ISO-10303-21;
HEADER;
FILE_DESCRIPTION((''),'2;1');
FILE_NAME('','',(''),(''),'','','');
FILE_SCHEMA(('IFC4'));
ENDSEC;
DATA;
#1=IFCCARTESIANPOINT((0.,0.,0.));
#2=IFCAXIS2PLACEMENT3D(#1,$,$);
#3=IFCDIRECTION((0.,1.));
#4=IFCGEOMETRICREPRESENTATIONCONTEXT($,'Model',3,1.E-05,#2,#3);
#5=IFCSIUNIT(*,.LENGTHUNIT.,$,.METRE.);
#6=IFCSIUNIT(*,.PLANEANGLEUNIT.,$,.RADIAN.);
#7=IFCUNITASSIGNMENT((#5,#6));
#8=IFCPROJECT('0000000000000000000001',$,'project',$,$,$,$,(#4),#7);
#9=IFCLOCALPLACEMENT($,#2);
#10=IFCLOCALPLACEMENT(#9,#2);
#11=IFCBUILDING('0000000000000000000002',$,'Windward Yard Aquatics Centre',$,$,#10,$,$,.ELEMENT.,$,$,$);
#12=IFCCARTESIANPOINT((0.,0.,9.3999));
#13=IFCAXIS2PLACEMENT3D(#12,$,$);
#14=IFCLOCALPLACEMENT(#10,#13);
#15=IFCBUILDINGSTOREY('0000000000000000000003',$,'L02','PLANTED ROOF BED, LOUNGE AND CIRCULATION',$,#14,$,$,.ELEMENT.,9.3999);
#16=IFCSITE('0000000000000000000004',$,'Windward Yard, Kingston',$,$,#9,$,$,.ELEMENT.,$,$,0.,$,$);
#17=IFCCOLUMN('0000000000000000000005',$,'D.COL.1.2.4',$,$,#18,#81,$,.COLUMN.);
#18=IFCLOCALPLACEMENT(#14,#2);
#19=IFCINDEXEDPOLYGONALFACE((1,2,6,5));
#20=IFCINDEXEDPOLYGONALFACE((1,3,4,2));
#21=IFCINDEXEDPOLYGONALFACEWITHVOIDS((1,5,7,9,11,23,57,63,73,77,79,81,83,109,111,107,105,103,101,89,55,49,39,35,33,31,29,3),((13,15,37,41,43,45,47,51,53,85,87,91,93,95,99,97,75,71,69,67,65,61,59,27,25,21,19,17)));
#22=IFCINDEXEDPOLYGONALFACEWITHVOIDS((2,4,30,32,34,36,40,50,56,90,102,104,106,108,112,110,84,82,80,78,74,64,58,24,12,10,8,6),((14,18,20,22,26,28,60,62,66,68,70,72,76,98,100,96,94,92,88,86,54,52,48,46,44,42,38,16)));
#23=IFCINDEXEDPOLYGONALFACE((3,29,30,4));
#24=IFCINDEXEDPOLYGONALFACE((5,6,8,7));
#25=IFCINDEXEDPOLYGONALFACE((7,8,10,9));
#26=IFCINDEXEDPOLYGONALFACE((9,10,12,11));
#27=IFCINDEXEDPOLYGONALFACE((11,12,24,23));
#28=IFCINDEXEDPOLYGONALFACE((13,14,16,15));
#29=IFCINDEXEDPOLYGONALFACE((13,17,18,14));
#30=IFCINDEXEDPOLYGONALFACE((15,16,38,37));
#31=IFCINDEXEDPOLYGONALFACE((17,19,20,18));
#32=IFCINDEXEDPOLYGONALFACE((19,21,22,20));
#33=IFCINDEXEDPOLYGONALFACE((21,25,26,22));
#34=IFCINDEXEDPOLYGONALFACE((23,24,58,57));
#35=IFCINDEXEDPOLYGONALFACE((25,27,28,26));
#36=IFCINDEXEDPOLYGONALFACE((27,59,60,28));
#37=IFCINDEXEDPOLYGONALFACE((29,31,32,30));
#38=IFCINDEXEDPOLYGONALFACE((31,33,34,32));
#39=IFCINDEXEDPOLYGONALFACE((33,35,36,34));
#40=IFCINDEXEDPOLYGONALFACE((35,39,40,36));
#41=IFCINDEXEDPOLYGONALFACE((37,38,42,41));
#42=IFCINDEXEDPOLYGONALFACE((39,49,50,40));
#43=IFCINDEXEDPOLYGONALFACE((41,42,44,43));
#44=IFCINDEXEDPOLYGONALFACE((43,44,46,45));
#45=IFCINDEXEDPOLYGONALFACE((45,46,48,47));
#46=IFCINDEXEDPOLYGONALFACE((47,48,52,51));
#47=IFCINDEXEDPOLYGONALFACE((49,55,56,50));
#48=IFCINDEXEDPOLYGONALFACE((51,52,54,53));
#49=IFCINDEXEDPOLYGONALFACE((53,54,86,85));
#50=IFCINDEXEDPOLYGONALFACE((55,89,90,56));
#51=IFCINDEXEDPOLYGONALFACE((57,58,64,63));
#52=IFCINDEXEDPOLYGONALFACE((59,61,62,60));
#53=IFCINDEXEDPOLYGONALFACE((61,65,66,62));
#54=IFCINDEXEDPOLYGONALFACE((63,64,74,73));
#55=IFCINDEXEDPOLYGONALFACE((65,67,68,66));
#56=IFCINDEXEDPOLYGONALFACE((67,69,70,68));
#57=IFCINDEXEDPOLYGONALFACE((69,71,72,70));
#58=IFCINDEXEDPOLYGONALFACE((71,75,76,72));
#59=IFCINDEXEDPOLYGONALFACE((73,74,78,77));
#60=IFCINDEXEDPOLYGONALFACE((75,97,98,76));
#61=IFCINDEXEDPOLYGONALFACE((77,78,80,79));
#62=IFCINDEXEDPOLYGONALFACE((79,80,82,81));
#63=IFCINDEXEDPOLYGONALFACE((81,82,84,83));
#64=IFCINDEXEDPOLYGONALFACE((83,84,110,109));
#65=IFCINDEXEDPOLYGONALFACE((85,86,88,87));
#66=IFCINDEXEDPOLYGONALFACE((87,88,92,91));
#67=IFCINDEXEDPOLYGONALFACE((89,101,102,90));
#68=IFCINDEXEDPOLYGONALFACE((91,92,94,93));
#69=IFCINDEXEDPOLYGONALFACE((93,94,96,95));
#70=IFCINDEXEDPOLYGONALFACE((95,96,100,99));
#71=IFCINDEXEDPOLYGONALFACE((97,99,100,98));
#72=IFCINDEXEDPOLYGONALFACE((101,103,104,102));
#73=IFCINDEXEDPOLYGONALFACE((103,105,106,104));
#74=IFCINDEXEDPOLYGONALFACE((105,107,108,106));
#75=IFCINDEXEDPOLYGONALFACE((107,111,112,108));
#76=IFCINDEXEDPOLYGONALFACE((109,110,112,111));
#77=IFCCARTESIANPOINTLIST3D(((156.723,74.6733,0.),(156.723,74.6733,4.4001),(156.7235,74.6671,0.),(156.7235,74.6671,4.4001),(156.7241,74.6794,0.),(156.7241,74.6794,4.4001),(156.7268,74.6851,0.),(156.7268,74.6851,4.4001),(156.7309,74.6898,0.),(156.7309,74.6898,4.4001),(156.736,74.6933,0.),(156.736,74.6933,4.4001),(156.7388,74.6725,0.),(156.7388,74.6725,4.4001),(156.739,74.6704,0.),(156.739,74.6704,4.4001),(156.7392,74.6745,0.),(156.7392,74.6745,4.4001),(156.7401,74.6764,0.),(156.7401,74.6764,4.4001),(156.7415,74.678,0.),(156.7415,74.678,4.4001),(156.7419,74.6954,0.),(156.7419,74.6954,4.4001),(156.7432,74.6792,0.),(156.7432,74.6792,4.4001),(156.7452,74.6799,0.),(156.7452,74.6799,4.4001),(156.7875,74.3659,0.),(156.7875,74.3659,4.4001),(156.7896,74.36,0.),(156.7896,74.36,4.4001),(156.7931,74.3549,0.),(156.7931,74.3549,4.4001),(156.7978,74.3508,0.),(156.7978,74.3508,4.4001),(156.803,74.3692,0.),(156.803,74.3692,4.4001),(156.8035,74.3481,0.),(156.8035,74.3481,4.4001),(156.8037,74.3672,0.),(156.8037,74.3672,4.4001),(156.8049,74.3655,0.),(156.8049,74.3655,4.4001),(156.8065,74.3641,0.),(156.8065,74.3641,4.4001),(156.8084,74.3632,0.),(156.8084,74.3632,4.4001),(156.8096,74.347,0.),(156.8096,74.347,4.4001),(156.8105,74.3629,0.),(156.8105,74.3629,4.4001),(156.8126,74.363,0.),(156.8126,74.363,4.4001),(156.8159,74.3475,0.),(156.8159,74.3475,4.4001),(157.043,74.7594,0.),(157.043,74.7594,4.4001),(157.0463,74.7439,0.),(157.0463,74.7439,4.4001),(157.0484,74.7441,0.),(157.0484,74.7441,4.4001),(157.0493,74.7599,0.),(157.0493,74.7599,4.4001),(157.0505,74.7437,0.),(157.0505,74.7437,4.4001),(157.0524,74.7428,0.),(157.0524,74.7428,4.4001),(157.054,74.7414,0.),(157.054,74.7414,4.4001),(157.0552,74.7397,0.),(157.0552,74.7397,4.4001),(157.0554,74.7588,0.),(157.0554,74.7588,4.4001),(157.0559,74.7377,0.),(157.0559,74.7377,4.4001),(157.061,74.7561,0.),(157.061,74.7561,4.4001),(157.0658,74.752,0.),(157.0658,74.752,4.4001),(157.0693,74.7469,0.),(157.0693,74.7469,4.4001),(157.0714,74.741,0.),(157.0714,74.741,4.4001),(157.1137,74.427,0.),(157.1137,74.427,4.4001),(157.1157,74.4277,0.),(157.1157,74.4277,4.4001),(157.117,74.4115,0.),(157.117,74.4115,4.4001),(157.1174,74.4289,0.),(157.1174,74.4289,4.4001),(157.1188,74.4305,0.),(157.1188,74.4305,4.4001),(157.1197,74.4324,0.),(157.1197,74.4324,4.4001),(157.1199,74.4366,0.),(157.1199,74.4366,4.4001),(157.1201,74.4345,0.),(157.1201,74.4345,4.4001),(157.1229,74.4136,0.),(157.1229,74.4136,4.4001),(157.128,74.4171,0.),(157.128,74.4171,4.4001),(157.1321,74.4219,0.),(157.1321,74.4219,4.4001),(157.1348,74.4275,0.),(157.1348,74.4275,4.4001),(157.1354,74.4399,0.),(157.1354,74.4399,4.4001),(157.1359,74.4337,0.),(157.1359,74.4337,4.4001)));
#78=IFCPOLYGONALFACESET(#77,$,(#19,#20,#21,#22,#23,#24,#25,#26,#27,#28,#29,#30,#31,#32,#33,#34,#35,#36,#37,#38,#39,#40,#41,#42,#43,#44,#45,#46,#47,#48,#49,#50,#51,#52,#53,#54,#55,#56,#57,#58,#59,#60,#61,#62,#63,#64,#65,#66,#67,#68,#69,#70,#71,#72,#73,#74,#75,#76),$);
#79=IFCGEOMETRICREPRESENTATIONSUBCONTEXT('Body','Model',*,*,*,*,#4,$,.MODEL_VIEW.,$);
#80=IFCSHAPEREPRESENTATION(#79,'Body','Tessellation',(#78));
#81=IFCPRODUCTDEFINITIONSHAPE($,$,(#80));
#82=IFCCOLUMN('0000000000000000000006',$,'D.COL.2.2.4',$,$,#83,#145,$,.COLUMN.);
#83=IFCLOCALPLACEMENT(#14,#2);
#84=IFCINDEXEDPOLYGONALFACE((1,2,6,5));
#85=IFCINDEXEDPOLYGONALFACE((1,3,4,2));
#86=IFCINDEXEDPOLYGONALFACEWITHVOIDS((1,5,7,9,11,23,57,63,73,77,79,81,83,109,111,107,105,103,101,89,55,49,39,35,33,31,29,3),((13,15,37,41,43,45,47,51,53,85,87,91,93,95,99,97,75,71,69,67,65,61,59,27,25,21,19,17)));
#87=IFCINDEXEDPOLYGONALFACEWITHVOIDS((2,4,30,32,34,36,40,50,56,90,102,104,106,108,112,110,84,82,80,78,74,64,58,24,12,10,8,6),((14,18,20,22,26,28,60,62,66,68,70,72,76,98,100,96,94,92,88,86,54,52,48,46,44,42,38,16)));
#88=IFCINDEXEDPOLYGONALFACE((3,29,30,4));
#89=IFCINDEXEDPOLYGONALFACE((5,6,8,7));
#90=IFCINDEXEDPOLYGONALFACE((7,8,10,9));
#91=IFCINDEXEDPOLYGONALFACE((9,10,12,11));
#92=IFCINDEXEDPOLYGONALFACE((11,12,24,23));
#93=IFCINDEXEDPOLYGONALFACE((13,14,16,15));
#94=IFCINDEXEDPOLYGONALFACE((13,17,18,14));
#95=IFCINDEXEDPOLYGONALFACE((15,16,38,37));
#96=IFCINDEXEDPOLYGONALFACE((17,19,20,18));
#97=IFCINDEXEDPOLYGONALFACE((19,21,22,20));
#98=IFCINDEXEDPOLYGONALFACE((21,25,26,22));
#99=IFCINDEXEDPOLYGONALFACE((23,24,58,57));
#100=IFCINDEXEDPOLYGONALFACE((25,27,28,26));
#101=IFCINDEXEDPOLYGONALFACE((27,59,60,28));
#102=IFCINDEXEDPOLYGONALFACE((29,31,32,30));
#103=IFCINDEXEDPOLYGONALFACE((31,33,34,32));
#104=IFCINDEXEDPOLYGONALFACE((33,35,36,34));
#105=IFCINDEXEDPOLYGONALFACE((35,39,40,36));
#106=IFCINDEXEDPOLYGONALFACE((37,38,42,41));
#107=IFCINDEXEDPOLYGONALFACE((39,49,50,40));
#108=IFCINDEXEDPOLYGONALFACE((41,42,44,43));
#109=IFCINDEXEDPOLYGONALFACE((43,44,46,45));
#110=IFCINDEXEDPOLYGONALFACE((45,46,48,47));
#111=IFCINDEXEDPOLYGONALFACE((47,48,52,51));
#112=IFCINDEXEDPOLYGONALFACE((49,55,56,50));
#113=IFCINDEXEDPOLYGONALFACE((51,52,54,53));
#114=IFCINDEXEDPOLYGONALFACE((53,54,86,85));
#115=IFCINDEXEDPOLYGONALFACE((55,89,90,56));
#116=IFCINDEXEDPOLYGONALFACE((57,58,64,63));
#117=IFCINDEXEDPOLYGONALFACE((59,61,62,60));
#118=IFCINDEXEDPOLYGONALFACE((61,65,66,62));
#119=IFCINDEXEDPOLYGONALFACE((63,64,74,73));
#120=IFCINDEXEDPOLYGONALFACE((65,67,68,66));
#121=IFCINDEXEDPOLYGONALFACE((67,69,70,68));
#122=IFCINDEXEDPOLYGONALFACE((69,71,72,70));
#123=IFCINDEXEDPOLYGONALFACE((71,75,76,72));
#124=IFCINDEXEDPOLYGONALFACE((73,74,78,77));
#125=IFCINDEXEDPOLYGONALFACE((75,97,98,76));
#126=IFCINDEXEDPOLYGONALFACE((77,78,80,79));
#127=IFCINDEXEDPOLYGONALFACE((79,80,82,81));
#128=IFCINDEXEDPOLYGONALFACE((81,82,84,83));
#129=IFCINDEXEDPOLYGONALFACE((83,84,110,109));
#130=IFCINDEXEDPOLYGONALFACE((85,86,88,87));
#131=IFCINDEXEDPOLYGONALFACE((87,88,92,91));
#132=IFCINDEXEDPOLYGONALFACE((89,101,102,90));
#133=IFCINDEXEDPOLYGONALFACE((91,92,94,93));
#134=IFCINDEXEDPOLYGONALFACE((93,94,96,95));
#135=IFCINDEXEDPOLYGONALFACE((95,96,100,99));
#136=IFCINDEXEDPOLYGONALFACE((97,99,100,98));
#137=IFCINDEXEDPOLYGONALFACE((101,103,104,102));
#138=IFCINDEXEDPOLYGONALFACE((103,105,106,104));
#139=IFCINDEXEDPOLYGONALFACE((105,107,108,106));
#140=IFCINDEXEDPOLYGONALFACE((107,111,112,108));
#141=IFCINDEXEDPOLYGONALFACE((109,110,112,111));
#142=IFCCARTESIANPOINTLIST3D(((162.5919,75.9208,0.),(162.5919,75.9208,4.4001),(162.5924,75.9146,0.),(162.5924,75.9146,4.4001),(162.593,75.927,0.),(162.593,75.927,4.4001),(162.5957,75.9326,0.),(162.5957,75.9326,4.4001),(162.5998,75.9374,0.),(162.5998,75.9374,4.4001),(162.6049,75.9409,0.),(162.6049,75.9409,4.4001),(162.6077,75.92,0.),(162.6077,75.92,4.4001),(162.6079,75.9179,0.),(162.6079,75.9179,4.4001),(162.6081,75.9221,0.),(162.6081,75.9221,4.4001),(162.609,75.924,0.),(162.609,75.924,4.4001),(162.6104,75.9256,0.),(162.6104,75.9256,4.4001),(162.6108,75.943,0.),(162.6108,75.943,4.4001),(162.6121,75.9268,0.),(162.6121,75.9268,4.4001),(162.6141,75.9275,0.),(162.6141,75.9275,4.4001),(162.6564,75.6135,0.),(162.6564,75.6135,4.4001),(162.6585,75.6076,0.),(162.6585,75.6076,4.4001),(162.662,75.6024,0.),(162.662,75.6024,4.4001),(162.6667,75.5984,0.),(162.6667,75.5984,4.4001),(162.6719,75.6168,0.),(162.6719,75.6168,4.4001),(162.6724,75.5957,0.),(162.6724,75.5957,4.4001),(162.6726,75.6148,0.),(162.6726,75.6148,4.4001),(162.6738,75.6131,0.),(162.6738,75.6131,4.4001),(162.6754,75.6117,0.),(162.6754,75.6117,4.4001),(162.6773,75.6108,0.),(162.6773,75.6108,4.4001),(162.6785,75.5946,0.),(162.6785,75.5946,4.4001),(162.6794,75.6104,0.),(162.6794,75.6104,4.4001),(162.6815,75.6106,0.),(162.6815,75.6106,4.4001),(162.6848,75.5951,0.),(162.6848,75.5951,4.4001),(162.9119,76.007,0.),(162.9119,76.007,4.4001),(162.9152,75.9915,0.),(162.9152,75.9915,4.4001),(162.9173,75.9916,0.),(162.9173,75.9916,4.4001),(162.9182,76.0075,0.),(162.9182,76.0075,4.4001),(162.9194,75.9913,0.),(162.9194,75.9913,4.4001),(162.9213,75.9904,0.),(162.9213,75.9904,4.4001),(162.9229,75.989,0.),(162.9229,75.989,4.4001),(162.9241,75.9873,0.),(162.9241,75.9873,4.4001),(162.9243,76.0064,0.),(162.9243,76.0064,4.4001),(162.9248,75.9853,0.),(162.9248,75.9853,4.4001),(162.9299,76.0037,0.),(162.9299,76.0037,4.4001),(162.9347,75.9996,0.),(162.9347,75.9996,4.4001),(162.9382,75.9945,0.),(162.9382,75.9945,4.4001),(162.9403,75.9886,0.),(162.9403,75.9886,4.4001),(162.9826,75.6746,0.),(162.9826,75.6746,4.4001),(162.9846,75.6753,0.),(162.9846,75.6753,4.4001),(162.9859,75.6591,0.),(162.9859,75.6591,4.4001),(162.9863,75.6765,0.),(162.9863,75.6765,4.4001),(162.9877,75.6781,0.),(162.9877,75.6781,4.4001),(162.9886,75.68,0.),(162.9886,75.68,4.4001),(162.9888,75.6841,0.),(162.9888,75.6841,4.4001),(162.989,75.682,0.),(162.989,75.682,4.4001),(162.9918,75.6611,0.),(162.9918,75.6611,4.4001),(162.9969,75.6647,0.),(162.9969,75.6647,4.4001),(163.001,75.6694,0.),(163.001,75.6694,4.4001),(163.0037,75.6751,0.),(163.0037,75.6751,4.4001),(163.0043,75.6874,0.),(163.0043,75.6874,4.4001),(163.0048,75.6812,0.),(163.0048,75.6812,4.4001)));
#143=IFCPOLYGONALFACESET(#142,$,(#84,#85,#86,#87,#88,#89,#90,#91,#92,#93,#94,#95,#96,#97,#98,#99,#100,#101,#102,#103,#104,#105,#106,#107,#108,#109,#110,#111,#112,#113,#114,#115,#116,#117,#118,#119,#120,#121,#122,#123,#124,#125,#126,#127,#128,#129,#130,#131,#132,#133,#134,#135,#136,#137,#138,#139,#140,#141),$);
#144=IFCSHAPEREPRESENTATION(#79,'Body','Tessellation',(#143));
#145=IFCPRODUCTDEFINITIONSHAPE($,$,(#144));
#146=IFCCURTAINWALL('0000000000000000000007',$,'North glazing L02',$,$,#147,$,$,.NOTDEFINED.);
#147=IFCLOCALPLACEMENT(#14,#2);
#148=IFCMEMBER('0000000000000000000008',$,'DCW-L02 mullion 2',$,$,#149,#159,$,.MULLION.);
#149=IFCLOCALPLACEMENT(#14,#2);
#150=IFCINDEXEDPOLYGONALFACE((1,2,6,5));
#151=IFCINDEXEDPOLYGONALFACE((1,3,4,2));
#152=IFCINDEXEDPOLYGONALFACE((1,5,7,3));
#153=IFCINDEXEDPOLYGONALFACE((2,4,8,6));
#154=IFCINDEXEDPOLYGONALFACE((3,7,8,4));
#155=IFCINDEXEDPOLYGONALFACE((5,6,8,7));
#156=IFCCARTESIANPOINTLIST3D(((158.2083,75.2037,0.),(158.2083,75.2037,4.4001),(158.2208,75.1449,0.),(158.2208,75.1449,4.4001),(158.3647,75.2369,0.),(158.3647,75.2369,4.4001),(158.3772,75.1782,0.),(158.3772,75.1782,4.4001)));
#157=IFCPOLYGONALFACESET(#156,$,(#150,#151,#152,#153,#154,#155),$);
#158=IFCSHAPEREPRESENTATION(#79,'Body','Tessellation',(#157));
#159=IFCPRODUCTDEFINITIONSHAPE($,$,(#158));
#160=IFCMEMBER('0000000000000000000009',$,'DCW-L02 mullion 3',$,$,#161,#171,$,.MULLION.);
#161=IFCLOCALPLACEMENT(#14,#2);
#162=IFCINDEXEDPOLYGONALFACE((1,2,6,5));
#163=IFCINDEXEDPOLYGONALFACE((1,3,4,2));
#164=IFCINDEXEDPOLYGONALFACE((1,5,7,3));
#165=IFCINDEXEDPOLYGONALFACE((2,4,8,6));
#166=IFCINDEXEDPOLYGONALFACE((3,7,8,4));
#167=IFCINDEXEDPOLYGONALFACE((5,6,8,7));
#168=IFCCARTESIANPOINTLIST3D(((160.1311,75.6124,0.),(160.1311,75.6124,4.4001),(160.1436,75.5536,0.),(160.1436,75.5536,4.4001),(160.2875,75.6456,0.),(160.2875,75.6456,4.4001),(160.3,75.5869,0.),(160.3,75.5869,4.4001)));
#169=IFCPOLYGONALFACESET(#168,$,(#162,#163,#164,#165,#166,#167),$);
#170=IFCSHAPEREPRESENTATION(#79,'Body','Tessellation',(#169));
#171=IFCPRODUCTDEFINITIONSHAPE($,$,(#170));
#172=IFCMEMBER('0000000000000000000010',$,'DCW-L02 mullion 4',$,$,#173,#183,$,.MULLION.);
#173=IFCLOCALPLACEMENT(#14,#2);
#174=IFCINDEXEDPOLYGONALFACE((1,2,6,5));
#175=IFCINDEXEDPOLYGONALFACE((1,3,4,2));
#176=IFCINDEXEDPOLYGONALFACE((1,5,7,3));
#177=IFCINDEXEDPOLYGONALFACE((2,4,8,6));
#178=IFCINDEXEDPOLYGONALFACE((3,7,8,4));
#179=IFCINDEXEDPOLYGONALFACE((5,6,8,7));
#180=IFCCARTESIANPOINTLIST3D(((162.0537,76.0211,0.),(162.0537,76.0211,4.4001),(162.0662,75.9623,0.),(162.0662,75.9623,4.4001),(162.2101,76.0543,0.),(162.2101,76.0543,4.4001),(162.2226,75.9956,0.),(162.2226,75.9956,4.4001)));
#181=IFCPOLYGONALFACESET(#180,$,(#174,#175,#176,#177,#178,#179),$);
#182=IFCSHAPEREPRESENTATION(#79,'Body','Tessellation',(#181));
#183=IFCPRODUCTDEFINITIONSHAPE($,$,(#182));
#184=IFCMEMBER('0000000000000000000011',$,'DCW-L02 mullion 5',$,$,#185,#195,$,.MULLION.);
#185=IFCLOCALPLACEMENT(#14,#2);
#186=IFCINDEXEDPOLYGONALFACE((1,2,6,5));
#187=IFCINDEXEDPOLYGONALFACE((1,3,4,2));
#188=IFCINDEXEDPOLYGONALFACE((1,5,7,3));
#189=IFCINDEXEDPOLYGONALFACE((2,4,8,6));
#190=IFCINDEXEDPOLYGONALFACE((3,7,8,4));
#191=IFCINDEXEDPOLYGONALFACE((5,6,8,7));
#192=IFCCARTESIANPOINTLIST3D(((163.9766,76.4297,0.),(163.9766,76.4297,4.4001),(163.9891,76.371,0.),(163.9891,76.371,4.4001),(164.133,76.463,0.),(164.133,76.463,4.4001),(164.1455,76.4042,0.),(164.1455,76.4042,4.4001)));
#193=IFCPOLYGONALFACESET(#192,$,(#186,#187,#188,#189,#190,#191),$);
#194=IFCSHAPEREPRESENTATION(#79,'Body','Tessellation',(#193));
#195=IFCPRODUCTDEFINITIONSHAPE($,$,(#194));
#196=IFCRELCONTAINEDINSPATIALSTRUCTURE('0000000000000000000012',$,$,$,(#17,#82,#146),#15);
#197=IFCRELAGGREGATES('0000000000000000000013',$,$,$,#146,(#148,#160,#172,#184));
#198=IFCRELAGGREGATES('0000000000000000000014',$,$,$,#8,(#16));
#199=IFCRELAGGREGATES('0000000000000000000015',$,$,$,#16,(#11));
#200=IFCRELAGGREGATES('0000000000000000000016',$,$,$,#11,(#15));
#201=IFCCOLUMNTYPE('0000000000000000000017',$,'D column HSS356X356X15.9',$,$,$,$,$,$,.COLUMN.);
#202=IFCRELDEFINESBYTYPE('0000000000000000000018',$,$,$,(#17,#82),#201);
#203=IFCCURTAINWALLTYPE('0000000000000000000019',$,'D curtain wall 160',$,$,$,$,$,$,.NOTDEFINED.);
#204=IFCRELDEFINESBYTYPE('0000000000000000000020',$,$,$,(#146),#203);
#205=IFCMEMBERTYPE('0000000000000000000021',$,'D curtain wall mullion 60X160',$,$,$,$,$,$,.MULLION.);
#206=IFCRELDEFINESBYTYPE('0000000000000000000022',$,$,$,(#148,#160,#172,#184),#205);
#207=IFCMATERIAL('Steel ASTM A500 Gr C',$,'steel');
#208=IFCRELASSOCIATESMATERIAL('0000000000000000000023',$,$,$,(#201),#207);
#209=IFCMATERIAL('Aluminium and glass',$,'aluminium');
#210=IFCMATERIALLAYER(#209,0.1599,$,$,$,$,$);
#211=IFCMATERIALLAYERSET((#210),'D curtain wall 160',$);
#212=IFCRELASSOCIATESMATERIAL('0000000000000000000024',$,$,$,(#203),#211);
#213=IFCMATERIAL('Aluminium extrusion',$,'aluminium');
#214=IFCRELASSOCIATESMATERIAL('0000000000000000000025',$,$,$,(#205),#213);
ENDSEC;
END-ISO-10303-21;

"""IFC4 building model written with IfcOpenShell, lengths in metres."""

from ifc_helpers import new_model, si_unit, direction, frame, origin, origin_2d, place, context, subcontext, project, spatial, rectangle, hollow_rectangle, extrude, material, layer, layer_set, material_profile, profile_set, type_object, element, aggregate, save


model = new_model("IFC4")

# Units and contexts
model_context = context("Model", 3, precision=1e-05, world=origin(), true_north=direction((0.0, 1.0)))
body_context = subcontext(model_context, "Body", "Model", "MODEL_VIEW")
ifc_project = project(units=[si_unit("LENGTHUNIT", "METRE"), si_unit("PLANEANGLEUNIT", "RADIAN")], contexts=[model_context])

# Site, building, storey
site_placement = place(None, origin())
site = spatial("IfcSite", under=ifc_project, at=site_placement, Name="Windward Yard, Kingston", CompositionType="ELEMENT", RefElevation=0.0)
building_placement = place(site_placement, origin())
building = spatial("IfcBuilding", under=site, at=building_placement, Name="Windward Yard Aquatics Centre", CompositionType="ELEMENT")
storey_placement = place(building_placement, frame((0.0, 0.0, 9.3999)))
storey = spatial("IfcBuildingStorey", under=building, at=storey_placement, Name="L02", Description="PLANTED ROOF BED, LOUNGE AND CIRCULATION", CompositionType="ELEMENT", Elevation=9.3999)

# Columns
ifc_material_1 = material(Name="Steel ASTM A500 Gr C", Category="steel")
ifc_material_profile_1 = material_profile(ifc_material_1, hollow_rectangle(XDim=0.3557, YDim=0.3557, WallThickness=0.0159, InnerFilletRadius=0.0081, OuterFilletRadius=0.0239, at=origin_2d()), Name="HSS356X356X15.9")
ifc_profile_set_1 = profile_set([ifc_material_profile_1], Name="Steel ASTM A500 Gr C")
column_type = type_object("IfcColumnType", Name="D column HSS356X356X15.9", PredefinedType="COLUMN", material=ifc_profile_set_1)
for number, where, z_axis, x_axis, name in (
    (1, (156.9294, 74.5535, 0.0), (0.0, 0.0, 1.0), (0.978148, 0.207912, 0.0), "D.COL.1.2.4"),
    (2, (162.7983, 75.801, 0.0), (0.0, 0.0, 1.0), (0.978148, 0.207912, 0.0), "D.COL.2.2.4"),
):
    element("IfcColumn", number, at=place(storey_placement, frame(where, z_axis=z_axis, x_axis=x_axis)), inside=storey, type_object=column_type, Name=name, PredefinedType="COLUMN", context=body_context, shape_type="SweptSolid", body=[
        extrude(hollow_rectangle(XDim=0.3557, YDim=0.3557, WallThickness=0.0159, InnerFilletRadius=0.0081, OuterFilletRadius=0.0239, at=origin_2d()), origin(), (0.0, 0.0, 1.0), 4.4001),
    ])

# Curtain wall, members
ifc_material_2 = material(Name="Aluminium and glass", Category="aluminium")
ifc_layer_1 = layer(ifc_material_2, 0.1599)
ifc_layer_set_1 = layer_set([ifc_layer_1], Name="D curtain wall 160")
curtain_wall_type = type_object("IfcCurtainWallType", Name="D curtain wall 160", PredefinedType="NOTDEFINED", material=ifc_layer_set_1)
curtain_wall_placement = place(storey_placement, origin())
curtain_wall = element("IfcCurtainWall", 3, at=curtain_wall_placement, inside=storey, type_object=curtain_wall_type, Name="North glazing L02", PredefinedType="NOTDEFINED")
ifc_material_3 = material(Name="Aluminium extrusion", Category="aluminium")
ifc_material_profile_2 = material_profile(ifc_material_3, rectangle(XDim=0.0601, YDim=0.1599, at=origin_2d()), Name="MULLION 60X160")
ifc_profile_set_2 = profile_set([ifc_material_profile_2], Name="Aluminium extrusion")
member_type_1 = type_object("IfcMemberType", Name="D curtain wall mullion 60X160", PredefinedType="MULLION", material=ifc_profile_set_2)
member_1_placement = place(storey_placement, frame((158.2927, 75.1909, 0.0), z_axis=(0.0, 0.0, 1.0), x_axis=(-0.207912, 0.978148, 0.0)))
member_1 = element("IfcMember", 4, at=member_1_placement, type_object=member_type_1, Name="DCW-L02 mullion 2", PredefinedType="MULLION", context=body_context, shape_type="SweptSolid", body=[
    extrude(rectangle(XDim=0.0601, YDim=0.1599, at=origin_2d()), origin(), (0.0, 0.0, 1.0), 4.4001),
])
member_2_placement = place(storey_placement, frame((160.2156, 75.5996, 0.0), z_axis=(0.0, 0.0, 1.0), x_axis=(-0.207912, 0.978148, 0.0)))
member_2 = element("IfcMember", 5, at=member_2_placement, type_object=member_type_1, Name="DCW-L02 mullion 3", PredefinedType="MULLION", context=body_context, shape_type="SweptSolid", body=[
    extrude(rectangle(XDim=0.0601, YDim=0.1599, at=origin_2d()), origin(), (0.0, 0.0, 1.0), 4.4001),
])
member_3_placement = place(storey_placement, frame((162.1382, 76.0083, 0.0), z_axis=(0.0, 0.0, 1.0), x_axis=(-0.207912, 0.978148, 0.0)))
member_3 = element("IfcMember", 6, at=member_3_placement, type_object=member_type_1, Name="DCW-L02 mullion 4", PredefinedType="MULLION", context=body_context, shape_type="SweptSolid", body=[
    extrude(rectangle(XDim=0.0601, YDim=0.1599, at=origin_2d()), origin(), (0.0, 0.0, 1.0), 4.4001),
])
member_4_placement = place(storey_placement, frame((164.061, 76.417, 0.0), z_axis=(0.0, 0.0, 1.0), x_axis=(-0.207912, 0.978148, 0.0)))
member_4 = element("IfcMember", 7, at=member_4_placement, type_object=member_type_1, Name="DCW-L02 mullion 5", PredefinedType="MULLION", context=body_context, shape_type="SweptSolid", body=[
    extrude(rectangle(XDim=0.0601, YDim=0.1599, at=origin_2d()), origin(), (0.0, 0.0, 1.0), 4.4001),
])
aggregate(curtain_wall, [member_1, member_2, member_3, member_4])

save(model, "model.ifc")
